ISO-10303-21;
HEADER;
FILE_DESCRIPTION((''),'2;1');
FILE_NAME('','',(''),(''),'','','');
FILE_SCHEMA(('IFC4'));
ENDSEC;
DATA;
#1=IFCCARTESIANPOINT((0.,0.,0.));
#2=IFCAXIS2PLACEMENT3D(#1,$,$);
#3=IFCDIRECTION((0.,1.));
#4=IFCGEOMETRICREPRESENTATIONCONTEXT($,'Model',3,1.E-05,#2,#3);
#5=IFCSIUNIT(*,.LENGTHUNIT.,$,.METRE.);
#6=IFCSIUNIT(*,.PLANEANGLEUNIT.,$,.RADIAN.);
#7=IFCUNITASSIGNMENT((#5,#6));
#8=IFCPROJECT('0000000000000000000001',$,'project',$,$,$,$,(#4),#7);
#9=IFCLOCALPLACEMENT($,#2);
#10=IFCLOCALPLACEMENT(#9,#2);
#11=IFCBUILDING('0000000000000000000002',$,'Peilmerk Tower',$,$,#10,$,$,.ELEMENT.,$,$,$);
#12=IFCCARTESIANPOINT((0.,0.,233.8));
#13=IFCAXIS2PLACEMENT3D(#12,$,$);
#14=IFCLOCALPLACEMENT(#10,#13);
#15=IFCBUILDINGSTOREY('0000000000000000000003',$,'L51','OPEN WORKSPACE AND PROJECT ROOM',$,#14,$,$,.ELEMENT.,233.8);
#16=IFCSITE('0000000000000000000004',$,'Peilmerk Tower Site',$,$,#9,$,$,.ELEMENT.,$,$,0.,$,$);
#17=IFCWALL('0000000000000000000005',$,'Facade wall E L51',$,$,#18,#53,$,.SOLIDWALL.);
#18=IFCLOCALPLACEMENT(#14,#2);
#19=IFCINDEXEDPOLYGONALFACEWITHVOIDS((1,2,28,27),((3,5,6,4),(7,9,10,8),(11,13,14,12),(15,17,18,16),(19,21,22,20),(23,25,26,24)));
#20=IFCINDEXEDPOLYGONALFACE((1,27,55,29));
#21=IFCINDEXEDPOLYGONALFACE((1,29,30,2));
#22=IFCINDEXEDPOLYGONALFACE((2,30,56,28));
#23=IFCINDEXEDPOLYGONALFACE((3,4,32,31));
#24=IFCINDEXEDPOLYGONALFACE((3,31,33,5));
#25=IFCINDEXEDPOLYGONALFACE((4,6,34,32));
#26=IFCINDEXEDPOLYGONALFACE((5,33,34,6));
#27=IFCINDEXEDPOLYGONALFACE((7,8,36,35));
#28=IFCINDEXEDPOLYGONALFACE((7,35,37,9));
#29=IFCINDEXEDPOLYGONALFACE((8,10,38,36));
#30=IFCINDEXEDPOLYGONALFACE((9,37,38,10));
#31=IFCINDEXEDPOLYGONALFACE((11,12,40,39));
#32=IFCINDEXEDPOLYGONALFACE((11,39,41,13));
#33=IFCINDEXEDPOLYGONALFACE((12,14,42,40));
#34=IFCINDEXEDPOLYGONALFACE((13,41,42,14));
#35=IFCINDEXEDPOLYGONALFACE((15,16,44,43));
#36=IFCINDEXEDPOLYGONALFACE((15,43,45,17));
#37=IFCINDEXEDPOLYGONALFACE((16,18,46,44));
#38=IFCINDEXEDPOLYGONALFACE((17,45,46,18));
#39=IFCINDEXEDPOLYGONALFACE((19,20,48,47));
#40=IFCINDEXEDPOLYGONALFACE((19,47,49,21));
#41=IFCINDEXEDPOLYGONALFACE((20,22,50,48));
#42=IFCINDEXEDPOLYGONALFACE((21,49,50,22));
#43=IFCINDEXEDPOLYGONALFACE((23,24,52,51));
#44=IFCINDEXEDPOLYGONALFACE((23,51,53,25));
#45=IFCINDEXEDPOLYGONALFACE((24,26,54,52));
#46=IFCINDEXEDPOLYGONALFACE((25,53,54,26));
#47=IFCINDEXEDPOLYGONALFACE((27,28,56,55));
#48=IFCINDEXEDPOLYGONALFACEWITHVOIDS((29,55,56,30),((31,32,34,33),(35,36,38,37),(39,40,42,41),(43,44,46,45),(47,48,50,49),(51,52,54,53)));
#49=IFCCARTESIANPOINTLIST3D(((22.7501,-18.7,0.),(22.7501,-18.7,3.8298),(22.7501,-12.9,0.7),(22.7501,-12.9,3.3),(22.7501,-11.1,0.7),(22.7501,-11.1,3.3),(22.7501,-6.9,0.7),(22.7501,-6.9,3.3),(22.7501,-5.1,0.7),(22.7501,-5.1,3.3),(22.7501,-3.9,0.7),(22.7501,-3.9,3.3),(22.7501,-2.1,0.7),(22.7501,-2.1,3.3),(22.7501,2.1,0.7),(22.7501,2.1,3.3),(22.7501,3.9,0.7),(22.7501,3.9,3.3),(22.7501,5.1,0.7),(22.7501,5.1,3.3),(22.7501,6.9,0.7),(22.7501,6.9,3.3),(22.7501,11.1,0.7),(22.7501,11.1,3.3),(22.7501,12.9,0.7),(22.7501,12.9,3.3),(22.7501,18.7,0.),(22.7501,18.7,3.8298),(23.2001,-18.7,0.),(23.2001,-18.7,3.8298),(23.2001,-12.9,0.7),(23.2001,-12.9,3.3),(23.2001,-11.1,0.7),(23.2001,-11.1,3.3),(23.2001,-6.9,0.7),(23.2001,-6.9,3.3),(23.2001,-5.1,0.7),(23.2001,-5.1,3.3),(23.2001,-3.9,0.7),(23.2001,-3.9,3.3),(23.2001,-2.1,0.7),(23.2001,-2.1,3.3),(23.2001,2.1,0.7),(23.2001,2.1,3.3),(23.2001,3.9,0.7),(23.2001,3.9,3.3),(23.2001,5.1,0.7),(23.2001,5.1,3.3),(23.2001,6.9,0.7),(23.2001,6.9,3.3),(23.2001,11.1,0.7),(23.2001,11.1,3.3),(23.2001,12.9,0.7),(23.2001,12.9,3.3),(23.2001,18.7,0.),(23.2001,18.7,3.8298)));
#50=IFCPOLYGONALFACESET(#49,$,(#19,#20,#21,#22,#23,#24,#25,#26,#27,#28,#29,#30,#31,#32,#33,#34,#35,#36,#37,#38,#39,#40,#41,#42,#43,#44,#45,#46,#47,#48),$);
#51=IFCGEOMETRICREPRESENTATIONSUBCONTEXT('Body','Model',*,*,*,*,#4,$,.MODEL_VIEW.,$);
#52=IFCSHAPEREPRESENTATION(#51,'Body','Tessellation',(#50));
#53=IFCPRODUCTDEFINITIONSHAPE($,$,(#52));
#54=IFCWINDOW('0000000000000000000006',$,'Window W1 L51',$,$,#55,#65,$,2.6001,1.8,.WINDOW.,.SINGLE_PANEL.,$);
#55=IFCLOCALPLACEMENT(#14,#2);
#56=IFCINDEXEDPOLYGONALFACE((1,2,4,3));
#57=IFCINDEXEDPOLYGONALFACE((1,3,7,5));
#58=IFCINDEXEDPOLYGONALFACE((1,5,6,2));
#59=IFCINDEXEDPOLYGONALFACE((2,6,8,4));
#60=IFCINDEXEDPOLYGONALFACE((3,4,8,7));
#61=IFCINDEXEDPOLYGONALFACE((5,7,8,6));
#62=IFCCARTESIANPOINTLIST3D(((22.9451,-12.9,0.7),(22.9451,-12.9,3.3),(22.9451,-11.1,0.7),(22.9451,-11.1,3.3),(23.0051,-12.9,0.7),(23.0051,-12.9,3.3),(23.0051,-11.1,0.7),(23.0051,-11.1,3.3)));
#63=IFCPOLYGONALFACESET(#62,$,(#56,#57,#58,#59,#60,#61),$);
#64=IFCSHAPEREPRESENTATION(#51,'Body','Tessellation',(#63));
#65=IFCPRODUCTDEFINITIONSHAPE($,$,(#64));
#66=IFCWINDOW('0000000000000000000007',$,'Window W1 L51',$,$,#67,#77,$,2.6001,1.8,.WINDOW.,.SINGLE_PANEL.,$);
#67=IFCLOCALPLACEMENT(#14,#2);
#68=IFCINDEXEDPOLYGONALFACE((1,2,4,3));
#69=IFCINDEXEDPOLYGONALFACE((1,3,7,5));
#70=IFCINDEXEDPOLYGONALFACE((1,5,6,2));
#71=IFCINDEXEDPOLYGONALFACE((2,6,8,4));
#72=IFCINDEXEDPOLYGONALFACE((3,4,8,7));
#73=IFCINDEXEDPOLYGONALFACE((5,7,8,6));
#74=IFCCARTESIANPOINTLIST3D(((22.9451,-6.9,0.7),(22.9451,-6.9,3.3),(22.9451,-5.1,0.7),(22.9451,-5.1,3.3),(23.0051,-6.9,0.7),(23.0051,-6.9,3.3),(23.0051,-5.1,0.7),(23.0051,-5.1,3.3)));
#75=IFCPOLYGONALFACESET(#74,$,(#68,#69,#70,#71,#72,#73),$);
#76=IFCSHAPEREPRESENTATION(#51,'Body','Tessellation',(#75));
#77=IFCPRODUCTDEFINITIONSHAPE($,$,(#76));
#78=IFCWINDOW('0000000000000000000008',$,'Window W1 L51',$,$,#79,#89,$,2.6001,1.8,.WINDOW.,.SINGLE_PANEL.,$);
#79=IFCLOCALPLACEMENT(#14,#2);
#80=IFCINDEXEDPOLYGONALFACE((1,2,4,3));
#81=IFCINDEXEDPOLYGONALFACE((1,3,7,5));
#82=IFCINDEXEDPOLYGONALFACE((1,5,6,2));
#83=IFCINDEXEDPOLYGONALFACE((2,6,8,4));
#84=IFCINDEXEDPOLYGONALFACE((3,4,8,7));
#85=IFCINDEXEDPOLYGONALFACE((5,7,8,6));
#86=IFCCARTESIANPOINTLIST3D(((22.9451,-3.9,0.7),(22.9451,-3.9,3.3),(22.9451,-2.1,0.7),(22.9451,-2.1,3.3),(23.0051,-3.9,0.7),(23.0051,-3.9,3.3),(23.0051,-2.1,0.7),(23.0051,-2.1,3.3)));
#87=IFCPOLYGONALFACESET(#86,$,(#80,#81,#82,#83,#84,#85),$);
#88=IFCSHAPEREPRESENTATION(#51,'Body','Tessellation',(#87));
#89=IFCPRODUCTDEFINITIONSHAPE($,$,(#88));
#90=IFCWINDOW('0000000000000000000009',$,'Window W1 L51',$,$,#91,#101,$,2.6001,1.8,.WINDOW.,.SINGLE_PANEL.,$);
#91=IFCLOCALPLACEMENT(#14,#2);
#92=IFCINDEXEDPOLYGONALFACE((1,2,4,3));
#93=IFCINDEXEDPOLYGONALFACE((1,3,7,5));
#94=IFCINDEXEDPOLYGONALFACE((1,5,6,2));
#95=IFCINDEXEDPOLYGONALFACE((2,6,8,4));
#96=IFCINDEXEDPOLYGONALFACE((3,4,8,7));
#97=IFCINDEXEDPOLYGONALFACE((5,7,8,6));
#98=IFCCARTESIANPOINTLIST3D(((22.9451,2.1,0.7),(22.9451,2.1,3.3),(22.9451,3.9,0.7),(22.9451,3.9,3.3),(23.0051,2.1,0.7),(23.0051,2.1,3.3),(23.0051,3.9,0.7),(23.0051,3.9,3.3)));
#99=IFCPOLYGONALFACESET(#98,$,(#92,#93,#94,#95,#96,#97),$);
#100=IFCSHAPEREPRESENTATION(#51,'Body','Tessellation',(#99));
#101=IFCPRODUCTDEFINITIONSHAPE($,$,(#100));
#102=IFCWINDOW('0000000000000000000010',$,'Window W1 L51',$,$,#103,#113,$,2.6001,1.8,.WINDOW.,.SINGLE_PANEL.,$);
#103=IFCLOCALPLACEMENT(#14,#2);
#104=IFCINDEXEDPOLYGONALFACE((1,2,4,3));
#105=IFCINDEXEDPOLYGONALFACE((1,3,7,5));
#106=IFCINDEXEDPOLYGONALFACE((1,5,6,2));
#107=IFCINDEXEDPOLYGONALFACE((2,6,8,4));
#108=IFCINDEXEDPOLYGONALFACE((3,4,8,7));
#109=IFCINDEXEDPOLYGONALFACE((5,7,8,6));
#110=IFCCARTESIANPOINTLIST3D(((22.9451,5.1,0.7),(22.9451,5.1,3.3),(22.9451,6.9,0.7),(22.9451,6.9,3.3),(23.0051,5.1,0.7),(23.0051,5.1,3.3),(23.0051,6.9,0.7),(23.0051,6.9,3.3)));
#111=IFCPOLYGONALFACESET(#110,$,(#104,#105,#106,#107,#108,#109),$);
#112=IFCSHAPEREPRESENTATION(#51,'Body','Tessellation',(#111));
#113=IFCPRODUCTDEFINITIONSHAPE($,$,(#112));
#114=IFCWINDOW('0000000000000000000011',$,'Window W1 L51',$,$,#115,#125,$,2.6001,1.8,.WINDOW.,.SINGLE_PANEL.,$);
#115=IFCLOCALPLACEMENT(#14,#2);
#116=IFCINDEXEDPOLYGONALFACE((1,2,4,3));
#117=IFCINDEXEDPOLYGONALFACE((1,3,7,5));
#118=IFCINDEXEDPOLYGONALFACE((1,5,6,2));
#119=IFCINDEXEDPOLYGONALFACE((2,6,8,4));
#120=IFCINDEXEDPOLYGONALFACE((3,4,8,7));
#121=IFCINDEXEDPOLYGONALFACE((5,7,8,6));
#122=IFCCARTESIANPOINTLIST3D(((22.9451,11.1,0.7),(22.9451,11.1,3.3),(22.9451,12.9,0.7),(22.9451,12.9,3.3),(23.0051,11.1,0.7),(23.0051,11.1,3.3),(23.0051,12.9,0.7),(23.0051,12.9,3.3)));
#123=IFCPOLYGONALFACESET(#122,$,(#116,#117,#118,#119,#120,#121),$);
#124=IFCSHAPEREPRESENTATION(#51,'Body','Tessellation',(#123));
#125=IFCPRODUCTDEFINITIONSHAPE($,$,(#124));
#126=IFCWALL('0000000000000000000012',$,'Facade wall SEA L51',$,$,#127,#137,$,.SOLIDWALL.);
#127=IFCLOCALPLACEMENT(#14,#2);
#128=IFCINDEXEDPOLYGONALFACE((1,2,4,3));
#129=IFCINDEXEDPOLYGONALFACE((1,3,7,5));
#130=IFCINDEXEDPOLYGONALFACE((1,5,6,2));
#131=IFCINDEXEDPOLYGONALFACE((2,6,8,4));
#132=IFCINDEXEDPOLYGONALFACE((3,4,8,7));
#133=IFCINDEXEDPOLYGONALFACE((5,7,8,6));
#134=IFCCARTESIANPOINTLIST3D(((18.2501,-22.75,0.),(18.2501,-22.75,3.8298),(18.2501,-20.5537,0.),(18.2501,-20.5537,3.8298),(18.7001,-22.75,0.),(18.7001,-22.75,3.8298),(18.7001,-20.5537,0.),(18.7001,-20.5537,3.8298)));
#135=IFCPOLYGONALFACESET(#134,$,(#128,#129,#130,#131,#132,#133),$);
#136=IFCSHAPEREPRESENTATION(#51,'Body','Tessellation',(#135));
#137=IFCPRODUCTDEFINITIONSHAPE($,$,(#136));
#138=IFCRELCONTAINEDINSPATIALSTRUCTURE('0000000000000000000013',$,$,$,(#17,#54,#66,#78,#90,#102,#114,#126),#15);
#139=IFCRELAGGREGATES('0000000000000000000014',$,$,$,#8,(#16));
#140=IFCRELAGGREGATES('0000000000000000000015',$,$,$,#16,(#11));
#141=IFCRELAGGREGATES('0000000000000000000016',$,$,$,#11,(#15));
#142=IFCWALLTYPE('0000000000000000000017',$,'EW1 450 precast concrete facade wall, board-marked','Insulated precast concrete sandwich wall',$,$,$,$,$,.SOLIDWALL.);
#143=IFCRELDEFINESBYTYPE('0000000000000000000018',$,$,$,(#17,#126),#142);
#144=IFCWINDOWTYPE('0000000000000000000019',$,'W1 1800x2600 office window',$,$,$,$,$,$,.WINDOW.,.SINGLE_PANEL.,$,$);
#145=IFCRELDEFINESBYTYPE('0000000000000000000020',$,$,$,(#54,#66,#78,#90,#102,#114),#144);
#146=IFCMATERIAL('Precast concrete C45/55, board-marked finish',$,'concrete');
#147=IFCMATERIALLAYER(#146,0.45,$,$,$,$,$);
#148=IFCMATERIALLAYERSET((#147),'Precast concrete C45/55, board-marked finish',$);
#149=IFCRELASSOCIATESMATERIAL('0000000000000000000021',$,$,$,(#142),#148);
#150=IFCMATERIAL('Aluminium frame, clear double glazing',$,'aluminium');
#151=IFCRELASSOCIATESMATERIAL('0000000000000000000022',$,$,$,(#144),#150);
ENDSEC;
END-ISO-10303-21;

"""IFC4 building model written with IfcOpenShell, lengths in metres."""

from ifc_helpers import new_model, si_unit, direction, frame, frame_2d, origin, place, context, subcontext, project, spatial, rectangle, extrude, material, layer, layer_set, type_object, element, fill, save


model = new_model("IFC4")

# Units and contexts
model_context = context("Model", 3, precision=1e-05, world=origin(), true_north=direction((0.0, 1.0)))
body_context = subcontext(model_context, "Body", "Model", "MODEL_VIEW")
ifc_project = project(units=[si_unit("LENGTHUNIT", "METRE"), si_unit("PLANEANGLEUNIT", "RADIAN")], contexts=[model_context])

# Site, building, storey
site_placement = place(None, origin())
site = spatial("IfcSite", under=ifc_project, at=site_placement, Name="Peilmerk Tower Site", CompositionType="ELEMENT", RefElevation=0.0)
building_placement = place(site_placement, origin())
building = spatial("IfcBuilding", under=site, at=building_placement, Name="Peilmerk Tower", CompositionType="ELEMENT")
storey_placement = place(building_placement, frame((0.0, 0.0, 233.8)))
storey = spatial("IfcBuildingStorey", under=building, at=storey_placement, Name="L51", Description="OPEN WORKSPACE AND PROJECT ROOM", CompositionType="ELEMENT", Elevation=233.8)

# Wall, openings, windows
ifc_material_1 = material(Name="Precast concrete C45/55, board-marked finish", Category="concrete")
ifc_layer_1 = layer(ifc_material_1, 0.45)
ifc_layer_set_1 = layer_set([ifc_layer_1], Name="Precast concrete C45/55, board-marked finish")
wall_type = type_object("IfcWallType", Name="EW1 450 precast concrete facade wall, board-marked", Description="Insulated precast concrete sandwich wall", PredefinedType="SOLIDWALL", material=ifc_layer_set_1)
wall_1_placement = place(storey_placement, frame((22.9751, -18.7, 0.0), z_axis=(0.0, 0.0, 1.0), x_axis=(0.0, 1.0, 0.0)))
wall_1 = element("IfcWall", 1, at=wall_1_placement, inside=storey, type_object=wall_type, Name="Facade wall E L51", PredefinedType="SOLIDWALL", context=body_context, shape_type="SweptSolid", body=[
    extrude(rectangle(XDim=37.3999, YDim=0.45, at=frame_2d((18.7, 0.0))), origin(), (0.0, 0.0, 1.0), 3.8298),
])
opening_1_placement = place(wall_1_placement, frame((5.8, 0.0, 0.7)))
opening_1 = element("IfcOpeningElement", 2, at=opening_1_placement, cuts=wall_1, PredefinedType="OPENING", context=body_context, shape_type="SweptSolid", body=[
    extrude(rectangle(XDim=1.8, YDim=2.6001, at=frame_2d((0.8999, 1.3))), frame((0.0, 0.2349, 0.0), z_axis=(0.0, -1.0, 0.0), x_axis=(1.0, 0.0, 0.0)), (0.0, 0.0, 1.0), 0.47),
])
opening_2_placement = place(wall_1_placement, frame((11.8, 0.0, 0.7)))
opening_2 = element("IfcOpeningElement", 3, at=opening_2_placement, cuts=wall_1, PredefinedType="OPENING", context=body_context, shape_type="SweptSolid", body=[
    extrude(rectangle(XDim=1.8, YDim=2.6001, at=frame_2d((0.8999, 1.3))), frame((0.0, 0.2349, 0.0), z_axis=(0.0, -1.0, 0.0), x_axis=(1.0, 0.0, 0.0)), (0.0, 0.0, 1.0), 0.47),
])
opening_3_placement = place(wall_1_placement, frame((14.8, 0.0, 0.7)))
opening_3 = element("IfcOpeningElement", 4, at=opening_3_placement, cuts=wall_1, PredefinedType="OPENING", context=body_context, shape_type="SweptSolid", body=[
    extrude(rectangle(XDim=1.8, YDim=2.6001, at=frame_2d((0.8999, 1.3))), frame((0.0, 0.2349, 0.0), z_axis=(0.0, -1.0, 0.0), x_axis=(1.0, 0.0, 0.0)), (0.0, 0.0, 1.0), 0.47),
])
opening_4_placement = place(wall_1_placement, frame((20.8, 0.0, 0.7)))
opening_4 = element("IfcOpeningElement", 5, at=opening_4_placement, cuts=wall_1, PredefinedType="OPENING", context=body_context, shape_type="SweptSolid", body=[
    extrude(rectangle(XDim=1.8, YDim=2.6001, at=frame_2d((0.8999, 1.3))), frame((0.0, 0.2349, 0.0), z_axis=(0.0, -1.0, 0.0), x_axis=(1.0, 0.0, 0.0)), (0.0, 0.0, 1.0), 0.47),
])
opening_5_placement = place(wall_1_placement, frame((23.8, 0.0, 0.7)))
opening_5 = element("IfcOpeningElement", 6, at=opening_5_placement, cuts=wall_1, PredefinedType="OPENING", context=body_context, shape_type="SweptSolid", body=[
    extrude(rectangle(XDim=1.8, YDim=2.6001, at=frame_2d((0.8999, 1.3))), frame((0.0, 0.2349, 0.0), z_axis=(0.0, -1.0, 0.0), x_axis=(1.0, 0.0, 0.0)), (0.0, 0.0, 1.0), 0.47),
])
opening_6_placement = place(wall_1_placement, frame((29.8, 0.0, 0.7)))
opening_6 = element("IfcOpeningElement", 7, at=opening_6_placement, cuts=wall_1, PredefinedType="OPENING", context=body_context, shape_type="SweptSolid", body=[
    extrude(rectangle(XDim=1.8, YDim=2.6001, at=frame_2d((0.8999, 1.3))), frame((0.0, 0.2349, 0.0), z_axis=(0.0, -1.0, 0.0), x_axis=(1.0, 0.0, 0.0)), (0.0, 0.0, 1.0), 0.47),
])
ifc_material_2 = material(Name="Aluminium frame, clear double glazing", Category="aluminium")
window_type = type_object("IfcWindowType", Name="W1 1800x2600 office window", PartitioningType="SINGLE_PANEL", PredefinedType="WINDOW", material=ifc_material_2)
window_1_placement = place(opening_1_placement, origin())
window_1 = element("IfcWindow", 8, at=window_1_placement, inside=storey, type_object=window_type, Name="Window W1 L51", OverallHeight=2.6001, OverallWidth=1.8, PartitioningType="SINGLE_PANEL", PredefinedType="WINDOW", context=body_context, shape_type="SweptSolid", body=[
    extrude(rectangle(XDim=1.8, YDim=2.6001, at=frame_2d((0.8999, 1.3))), frame((0.0, 0.03, 0.0), z_axis=(0.0, -1.0, 0.0), x_axis=(1.0, 0.0, 0.0)), (0.0, 0.0, 1.0), 0.0601),
])
fill(opening_1, window_1)
window_2_placement = place(opening_2_placement, origin())
window_2 = element("IfcWindow", 9, at=window_2_placement, inside=storey, type_object=window_type, Name="Window W1 L51", OverallHeight=2.6001, OverallWidth=1.8, PartitioningType="SINGLE_PANEL", PredefinedType="WINDOW", context=body_context, shape_type="SweptSolid", body=[
    extrude(rectangle(XDim=1.8, YDim=2.6001, at=frame_2d((0.8999, 1.3))), frame((0.0, 0.03, 0.0), z_axis=(0.0, -1.0, 0.0), x_axis=(1.0, 0.0, 0.0)), (0.0, 0.0, 1.0), 0.0601),
])
fill(opening_2, window_2)
window_3_placement = place(opening_3_placement, origin())
window_3 = element("IfcWindow", 10, at=window_3_placement, inside=storey, type_object=window_type, Name="Window W1 L51", OverallHeight=2.6001, OverallWidth=1.8, PartitioningType="SINGLE_PANEL", PredefinedType="WINDOW", context=body_context, shape_type="SweptSolid", body=[
    extrude(rectangle(XDim=1.8, YDim=2.6001, at=frame_2d((0.8999, 1.3))), frame((0.0, 0.03, 0.0), z_axis=(0.0, -1.0, 0.0), x_axis=(1.0, 0.0, 0.0)), (0.0, 0.0, 1.0), 0.0601),
])
fill(opening_3, window_3)
window_4_placement = place(opening_4_placement, origin())
window_4 = element("IfcWindow", 11, at=window_4_placement, inside=storey, type_object=window_type, Name="Window W1 L51", OverallHeight=2.6001, OverallWidth=1.8, PartitioningType="SINGLE_PANEL", PredefinedType="WINDOW", context=body_context, shape_type="SweptSolid", body=[
    extrude(rectangle(XDim=1.8, YDim=2.6001, at=frame_2d((0.8999, 1.3))), frame((0.0, 0.03, 0.0), z_axis=(0.0, -1.0, 0.0), x_axis=(1.0, 0.0, 0.0)), (0.0, 0.0, 1.0), 0.0601),
])
fill(opening_4, window_4)
window_5_placement = place(opening_5_placement, origin())
window_5 = element("IfcWindow", 12, at=window_5_placement, inside=storey, type_object=window_type, Name="Window W1 L51", OverallHeight=2.6001, OverallWidth=1.8, PartitioningType="SINGLE_PANEL", PredefinedType="WINDOW", context=body_context, shape_type="SweptSolid", body=[
    extrude(rectangle(XDim=1.8, YDim=2.6001, at=frame_2d((0.8999, 1.3))), frame((0.0, 0.03, 0.0), z_axis=(0.0, -1.0, 0.0), x_axis=(1.0, 0.0, 0.0)), (0.0, 0.0, 1.0), 0.0601),
])
fill(opening_5, window_5)
window_6_placement = place(opening_6_placement, origin())
window_6 = element("IfcWindow", 13, at=window_6_placement, inside=storey, type_object=window_type, Name="Window W1 L51", OverallHeight=2.6001, OverallWidth=1.8, PartitioningType="SINGLE_PANEL", PredefinedType="WINDOW", context=body_context, shape_type="SweptSolid", body=[
    extrude(rectangle(XDim=1.8, YDim=2.6001, at=frame_2d((0.8999, 1.3))), frame((0.0, 0.03, 0.0), z_axis=(0.0, -1.0, 0.0), x_axis=(1.0, 0.0, 0.0)), (0.0, 0.0, 1.0), 0.0601),
])
fill(opening_6, window_6)

# Wall
wall_2_placement = place(storey_placement, frame((18.4751, -20.5537, 0.0), z_axis=(0.0, 0.0, 1.0), x_axis=(0.0, -1.0, 0.0)))
element("IfcWall", 14, at=wall_2_placement, inside=storey, type_object=wall_type, Name="Facade wall SEA L51", PredefinedType="SOLIDWALL", context=body_context, shape_type="SweptSolid", body=[
    extrude(rectangle(XDim=2.1963, YDim=0.45, at=frame_2d((1.0981, 0.0))), origin(), (0.0, 0.0, 1.0), 3.8298),
])

save(model, "model.ifc")
